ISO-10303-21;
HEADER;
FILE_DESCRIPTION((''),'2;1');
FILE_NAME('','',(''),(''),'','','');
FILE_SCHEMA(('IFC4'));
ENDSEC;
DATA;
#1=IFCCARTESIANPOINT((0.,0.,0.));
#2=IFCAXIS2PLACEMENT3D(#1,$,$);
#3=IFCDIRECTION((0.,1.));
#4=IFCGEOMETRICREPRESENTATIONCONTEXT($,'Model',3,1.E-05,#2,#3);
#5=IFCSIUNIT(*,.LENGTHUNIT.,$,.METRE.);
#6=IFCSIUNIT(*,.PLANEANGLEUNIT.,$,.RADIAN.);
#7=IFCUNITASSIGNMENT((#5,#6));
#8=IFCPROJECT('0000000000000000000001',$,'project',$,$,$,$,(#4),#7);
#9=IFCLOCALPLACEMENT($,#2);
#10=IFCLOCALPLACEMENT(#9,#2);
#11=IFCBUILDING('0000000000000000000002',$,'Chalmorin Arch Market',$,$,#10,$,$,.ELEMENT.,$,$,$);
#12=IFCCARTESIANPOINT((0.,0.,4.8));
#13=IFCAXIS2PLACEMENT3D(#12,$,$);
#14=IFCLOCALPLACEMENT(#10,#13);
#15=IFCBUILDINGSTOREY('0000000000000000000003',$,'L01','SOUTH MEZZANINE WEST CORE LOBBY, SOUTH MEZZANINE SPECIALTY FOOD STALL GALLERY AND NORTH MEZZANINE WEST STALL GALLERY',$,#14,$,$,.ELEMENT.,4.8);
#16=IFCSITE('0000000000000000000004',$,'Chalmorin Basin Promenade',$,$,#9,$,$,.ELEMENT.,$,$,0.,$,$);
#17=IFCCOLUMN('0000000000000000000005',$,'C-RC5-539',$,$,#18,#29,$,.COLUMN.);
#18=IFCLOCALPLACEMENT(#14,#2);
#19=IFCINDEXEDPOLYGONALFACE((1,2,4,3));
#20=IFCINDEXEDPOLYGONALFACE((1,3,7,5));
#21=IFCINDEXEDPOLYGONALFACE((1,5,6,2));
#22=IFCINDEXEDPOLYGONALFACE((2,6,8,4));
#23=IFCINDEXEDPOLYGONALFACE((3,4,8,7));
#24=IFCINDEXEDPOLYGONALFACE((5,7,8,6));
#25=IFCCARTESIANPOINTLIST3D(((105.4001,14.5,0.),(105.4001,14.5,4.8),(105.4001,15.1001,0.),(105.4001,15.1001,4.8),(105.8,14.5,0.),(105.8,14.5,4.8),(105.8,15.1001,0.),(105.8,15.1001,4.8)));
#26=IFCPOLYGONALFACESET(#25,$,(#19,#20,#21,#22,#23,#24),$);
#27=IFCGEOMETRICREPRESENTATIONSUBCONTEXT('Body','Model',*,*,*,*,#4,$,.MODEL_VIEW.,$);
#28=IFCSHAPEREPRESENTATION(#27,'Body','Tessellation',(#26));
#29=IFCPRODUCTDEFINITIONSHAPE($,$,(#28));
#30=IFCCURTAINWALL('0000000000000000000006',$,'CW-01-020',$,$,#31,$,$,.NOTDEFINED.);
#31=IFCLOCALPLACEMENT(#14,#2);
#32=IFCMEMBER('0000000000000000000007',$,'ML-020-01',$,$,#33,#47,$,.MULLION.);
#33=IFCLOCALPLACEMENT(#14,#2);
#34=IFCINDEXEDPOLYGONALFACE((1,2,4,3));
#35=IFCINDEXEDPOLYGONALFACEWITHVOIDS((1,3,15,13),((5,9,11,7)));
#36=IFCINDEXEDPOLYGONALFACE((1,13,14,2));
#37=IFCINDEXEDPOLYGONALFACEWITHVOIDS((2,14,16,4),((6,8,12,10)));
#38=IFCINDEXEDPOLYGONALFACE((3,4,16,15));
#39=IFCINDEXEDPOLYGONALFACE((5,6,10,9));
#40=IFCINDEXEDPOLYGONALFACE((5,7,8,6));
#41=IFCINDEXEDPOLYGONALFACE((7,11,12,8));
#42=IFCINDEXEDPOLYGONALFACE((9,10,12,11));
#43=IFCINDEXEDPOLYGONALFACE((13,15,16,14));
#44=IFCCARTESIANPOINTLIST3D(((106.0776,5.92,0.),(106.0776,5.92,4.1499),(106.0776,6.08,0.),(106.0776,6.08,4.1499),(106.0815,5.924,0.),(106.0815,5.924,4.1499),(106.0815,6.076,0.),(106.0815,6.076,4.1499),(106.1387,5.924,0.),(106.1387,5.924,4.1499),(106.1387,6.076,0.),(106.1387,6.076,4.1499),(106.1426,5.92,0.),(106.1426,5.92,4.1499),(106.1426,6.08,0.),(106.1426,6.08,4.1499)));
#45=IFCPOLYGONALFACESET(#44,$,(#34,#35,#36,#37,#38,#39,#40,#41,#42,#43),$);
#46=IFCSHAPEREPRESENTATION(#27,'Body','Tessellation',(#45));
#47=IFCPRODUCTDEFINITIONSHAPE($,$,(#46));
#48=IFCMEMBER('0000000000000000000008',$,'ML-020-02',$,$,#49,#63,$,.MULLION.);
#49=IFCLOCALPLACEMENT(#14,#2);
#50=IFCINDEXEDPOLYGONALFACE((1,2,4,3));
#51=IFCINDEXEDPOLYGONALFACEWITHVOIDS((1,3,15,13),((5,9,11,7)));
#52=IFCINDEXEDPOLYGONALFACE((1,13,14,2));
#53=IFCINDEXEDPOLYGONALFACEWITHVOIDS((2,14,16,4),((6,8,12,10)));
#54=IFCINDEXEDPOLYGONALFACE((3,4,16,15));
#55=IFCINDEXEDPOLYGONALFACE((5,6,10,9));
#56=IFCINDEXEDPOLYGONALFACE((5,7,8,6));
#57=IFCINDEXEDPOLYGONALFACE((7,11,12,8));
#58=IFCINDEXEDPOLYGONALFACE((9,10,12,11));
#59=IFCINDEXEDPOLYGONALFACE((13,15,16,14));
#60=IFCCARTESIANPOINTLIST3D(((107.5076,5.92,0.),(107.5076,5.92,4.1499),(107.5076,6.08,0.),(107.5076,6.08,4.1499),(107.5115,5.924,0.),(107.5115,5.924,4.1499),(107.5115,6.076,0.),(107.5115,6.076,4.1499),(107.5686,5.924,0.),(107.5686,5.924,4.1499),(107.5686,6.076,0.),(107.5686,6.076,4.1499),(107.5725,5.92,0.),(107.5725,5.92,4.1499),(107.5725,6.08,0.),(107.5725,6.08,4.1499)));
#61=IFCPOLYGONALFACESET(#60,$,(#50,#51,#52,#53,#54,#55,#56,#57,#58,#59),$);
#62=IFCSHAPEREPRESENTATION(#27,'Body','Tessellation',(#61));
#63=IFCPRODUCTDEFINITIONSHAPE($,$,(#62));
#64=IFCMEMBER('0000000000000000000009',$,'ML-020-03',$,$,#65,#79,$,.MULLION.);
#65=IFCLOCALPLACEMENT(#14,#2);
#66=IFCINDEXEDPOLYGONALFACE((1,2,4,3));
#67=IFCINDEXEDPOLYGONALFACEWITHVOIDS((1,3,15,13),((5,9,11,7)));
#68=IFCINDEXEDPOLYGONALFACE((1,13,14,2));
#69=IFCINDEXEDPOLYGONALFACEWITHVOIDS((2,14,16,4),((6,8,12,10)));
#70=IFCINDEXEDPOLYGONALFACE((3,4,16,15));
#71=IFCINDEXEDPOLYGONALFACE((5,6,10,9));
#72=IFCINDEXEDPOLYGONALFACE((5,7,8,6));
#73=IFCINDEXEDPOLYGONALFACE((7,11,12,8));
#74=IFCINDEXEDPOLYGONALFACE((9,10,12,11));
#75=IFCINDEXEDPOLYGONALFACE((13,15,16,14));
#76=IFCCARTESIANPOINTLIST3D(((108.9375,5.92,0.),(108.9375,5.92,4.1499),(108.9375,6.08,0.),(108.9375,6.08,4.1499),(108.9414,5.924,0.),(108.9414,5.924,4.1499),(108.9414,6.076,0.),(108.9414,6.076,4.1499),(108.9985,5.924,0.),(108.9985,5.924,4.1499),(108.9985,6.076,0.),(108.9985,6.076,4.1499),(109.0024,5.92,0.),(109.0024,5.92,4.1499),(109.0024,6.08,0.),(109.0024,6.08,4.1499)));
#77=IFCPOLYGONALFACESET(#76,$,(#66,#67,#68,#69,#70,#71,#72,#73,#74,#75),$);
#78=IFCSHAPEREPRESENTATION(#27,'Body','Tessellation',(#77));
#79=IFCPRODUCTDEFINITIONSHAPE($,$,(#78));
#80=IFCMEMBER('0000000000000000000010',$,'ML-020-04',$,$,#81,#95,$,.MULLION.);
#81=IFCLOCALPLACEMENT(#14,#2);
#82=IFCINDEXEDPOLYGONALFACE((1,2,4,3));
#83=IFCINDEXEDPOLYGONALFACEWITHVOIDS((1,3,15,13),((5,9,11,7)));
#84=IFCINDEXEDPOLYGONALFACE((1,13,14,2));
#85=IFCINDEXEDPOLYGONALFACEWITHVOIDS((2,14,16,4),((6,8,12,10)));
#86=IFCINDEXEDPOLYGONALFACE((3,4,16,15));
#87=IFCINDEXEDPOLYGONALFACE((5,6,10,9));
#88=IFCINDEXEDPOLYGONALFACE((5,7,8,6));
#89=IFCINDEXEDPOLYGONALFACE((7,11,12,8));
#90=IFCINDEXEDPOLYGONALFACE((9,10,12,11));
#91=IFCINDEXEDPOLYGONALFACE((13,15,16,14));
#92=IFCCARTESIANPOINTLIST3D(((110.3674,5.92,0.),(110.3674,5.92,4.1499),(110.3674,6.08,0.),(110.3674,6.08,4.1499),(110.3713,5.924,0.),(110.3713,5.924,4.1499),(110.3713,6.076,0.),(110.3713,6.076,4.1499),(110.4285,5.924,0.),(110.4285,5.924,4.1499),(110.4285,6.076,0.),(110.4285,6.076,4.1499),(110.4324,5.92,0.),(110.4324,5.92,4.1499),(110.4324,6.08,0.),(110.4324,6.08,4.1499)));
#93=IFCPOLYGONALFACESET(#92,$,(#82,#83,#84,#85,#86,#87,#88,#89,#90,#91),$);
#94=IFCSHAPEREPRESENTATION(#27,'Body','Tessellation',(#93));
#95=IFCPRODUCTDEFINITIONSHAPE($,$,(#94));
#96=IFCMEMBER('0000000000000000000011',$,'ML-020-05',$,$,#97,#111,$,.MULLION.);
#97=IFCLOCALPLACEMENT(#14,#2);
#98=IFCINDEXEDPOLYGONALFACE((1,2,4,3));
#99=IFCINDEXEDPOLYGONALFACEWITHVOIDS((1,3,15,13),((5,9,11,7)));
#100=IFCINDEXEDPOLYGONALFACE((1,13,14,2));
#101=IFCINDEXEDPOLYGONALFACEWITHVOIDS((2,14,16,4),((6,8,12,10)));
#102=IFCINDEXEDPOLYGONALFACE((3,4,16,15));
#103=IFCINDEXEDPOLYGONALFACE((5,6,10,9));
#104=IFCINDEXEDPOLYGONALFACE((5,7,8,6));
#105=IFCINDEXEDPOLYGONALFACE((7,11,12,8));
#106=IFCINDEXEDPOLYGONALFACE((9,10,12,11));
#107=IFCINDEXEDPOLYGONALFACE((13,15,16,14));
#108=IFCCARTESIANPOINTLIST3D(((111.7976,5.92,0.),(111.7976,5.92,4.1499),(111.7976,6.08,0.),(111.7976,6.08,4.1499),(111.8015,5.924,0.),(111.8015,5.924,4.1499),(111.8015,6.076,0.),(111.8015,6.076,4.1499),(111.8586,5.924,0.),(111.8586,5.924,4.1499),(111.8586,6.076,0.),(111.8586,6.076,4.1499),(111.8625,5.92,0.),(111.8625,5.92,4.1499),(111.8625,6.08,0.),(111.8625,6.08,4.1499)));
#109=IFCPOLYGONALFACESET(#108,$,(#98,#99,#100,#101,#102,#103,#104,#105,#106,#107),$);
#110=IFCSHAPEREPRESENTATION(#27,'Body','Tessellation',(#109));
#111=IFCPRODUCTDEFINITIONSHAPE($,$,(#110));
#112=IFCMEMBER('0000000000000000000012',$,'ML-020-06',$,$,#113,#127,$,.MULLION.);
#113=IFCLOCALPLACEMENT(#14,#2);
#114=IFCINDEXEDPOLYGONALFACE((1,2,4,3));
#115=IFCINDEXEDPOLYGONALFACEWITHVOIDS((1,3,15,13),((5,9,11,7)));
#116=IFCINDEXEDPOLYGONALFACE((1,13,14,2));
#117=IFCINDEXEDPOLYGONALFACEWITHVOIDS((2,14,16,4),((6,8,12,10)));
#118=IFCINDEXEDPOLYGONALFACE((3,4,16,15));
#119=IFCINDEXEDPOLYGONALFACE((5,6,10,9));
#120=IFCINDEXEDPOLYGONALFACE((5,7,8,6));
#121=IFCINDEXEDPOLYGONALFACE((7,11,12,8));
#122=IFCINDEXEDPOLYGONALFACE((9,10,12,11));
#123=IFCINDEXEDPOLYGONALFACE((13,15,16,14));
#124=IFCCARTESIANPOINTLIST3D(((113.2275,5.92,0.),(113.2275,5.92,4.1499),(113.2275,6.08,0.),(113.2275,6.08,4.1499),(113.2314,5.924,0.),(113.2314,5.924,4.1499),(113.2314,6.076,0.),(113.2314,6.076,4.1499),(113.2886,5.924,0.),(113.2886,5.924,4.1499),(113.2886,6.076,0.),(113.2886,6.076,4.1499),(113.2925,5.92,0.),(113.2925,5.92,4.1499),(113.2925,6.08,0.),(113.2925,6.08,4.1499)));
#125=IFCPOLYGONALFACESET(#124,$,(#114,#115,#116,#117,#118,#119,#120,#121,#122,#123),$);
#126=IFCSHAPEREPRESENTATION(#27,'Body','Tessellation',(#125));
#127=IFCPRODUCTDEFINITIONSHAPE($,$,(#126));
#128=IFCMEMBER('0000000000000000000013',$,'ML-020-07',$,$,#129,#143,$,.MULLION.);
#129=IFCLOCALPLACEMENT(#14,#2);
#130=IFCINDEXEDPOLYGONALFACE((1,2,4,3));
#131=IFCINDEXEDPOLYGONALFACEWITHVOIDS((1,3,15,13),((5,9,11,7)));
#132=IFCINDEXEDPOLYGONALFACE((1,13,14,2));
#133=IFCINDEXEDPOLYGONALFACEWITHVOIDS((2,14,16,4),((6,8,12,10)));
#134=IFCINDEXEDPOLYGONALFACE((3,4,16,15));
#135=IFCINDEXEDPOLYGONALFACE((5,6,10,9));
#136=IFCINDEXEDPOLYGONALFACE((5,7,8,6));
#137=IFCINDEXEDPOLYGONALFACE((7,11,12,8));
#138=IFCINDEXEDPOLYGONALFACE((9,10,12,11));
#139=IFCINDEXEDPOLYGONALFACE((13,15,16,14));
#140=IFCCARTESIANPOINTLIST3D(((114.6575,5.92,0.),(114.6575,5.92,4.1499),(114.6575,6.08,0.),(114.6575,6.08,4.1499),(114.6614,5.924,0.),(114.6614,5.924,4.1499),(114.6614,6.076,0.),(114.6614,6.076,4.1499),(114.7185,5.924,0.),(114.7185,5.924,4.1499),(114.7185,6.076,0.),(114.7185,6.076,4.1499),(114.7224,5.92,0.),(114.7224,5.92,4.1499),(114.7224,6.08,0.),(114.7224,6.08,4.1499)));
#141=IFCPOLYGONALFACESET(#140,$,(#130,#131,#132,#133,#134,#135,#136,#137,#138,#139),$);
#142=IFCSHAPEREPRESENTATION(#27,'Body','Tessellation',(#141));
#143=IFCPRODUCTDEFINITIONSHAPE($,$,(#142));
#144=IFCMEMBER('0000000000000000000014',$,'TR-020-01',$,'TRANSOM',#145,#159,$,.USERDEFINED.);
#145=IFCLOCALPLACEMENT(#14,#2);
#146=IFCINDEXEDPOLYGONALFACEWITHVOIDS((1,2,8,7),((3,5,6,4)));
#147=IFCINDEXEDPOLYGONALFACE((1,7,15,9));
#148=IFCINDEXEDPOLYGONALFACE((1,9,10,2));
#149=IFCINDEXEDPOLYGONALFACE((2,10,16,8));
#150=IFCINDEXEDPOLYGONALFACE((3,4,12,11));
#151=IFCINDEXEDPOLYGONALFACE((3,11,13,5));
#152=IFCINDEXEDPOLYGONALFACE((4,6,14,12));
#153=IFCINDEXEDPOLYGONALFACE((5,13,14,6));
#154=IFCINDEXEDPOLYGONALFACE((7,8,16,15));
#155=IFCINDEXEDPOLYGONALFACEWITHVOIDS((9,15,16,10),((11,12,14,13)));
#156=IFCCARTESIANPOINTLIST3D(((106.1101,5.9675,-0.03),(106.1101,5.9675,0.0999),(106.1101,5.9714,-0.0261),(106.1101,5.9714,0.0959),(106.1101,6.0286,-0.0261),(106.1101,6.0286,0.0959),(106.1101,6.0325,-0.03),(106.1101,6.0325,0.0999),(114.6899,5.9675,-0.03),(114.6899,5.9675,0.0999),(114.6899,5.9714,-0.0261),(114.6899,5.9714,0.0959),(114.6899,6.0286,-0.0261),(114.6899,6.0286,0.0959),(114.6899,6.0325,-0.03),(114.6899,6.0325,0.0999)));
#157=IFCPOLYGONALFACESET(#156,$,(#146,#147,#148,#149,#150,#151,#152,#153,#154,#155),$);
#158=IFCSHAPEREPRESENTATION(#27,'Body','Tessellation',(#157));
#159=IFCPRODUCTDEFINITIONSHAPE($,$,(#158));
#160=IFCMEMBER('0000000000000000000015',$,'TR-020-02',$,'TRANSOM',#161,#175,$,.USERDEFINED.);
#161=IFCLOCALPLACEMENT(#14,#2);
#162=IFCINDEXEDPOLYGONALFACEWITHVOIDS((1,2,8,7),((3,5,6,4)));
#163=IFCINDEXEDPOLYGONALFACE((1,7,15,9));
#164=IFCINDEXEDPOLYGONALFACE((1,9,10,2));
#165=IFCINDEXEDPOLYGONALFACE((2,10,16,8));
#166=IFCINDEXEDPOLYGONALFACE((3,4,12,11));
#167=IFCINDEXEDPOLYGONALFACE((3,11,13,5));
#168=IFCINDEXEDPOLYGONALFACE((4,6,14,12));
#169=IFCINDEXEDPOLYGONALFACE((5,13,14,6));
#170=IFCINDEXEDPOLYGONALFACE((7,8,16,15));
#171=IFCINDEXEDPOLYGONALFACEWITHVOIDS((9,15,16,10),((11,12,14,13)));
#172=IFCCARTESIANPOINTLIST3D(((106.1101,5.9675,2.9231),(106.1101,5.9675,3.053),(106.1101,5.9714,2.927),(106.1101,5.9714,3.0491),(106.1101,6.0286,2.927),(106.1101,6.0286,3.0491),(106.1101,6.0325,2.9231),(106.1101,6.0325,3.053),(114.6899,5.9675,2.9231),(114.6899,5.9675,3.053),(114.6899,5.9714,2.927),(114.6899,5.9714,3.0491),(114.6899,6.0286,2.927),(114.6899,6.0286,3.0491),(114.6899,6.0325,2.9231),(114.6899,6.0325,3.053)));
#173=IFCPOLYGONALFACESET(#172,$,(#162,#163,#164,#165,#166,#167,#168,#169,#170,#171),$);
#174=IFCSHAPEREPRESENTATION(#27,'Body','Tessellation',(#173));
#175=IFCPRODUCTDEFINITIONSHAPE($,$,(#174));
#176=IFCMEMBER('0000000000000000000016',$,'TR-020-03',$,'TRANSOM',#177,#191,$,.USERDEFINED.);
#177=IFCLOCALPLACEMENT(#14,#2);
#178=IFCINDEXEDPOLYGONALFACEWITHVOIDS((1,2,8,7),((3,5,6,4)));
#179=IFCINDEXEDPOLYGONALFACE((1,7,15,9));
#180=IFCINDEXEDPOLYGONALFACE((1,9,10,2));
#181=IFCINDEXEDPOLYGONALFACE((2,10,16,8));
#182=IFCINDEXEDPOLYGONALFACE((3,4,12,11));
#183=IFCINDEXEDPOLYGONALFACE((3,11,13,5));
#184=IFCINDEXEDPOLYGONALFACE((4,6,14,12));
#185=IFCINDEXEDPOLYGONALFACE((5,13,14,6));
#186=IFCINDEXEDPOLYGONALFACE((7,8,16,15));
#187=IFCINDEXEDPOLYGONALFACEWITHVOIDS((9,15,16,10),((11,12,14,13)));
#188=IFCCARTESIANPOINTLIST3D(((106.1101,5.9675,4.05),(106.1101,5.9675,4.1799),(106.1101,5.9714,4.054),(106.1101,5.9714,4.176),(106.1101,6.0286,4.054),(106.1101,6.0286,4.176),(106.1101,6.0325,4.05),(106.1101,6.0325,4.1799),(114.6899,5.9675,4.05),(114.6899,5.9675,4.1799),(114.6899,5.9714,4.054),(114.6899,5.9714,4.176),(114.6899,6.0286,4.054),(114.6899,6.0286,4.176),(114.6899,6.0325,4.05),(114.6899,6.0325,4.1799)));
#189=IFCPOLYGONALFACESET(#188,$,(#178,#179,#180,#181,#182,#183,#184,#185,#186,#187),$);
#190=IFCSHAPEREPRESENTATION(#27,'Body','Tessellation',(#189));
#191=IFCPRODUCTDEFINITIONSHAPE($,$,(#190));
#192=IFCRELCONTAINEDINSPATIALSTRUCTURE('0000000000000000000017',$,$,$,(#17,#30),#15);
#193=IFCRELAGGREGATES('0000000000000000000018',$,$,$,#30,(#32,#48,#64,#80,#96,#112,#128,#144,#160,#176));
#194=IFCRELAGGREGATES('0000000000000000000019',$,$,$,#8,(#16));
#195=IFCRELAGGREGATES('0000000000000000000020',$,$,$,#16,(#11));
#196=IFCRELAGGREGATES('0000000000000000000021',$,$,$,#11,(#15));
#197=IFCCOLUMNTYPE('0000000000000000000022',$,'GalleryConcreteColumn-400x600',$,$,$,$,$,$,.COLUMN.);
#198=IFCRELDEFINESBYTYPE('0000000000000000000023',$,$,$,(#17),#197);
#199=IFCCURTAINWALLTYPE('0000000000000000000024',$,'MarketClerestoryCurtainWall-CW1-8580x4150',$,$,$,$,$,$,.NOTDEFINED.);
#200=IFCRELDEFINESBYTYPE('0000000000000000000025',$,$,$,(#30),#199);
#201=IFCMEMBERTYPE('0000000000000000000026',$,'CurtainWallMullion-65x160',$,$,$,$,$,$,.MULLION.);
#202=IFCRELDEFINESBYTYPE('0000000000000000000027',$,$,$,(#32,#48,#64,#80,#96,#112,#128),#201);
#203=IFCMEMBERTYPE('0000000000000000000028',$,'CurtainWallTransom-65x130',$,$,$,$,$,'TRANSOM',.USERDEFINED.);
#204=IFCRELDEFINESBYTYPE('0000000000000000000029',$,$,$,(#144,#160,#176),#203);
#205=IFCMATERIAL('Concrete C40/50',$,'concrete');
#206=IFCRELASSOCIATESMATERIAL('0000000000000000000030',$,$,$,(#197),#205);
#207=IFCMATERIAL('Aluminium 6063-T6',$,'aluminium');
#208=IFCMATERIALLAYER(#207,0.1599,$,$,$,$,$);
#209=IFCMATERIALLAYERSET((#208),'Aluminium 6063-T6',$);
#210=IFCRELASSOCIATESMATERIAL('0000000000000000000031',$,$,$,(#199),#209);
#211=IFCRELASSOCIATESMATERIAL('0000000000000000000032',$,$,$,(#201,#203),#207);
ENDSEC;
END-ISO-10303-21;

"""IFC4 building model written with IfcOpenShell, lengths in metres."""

from ifc_helpers import new_model, si_unit, direction, frame, origin, origin_2d, place, context, subcontext, project, spatial, rectangle, hollow_rectangle, extrude, material, layer, layer_set, material_profile, profile_set, type_object, element, aggregate, save


model = new_model("IFC4")

# Units and contexts
model_context = context("Model", 3, precision=1e-05, world=origin(), true_north=direction((0.0, 1.0)))
body_context = subcontext(model_context, "Body", "Model", "MODEL_VIEW")
ifc_project = project(units=[si_unit("LENGTHUNIT", "METRE"), si_unit("PLANEANGLEUNIT", "RADIAN")], contexts=[model_context])

# Site, building, storey
site_placement = place(None, origin())
site = spatial("IfcSite", under=ifc_project, at=site_placement, Name="Chalmorin Basin Promenade", CompositionType="ELEMENT", RefElevation=0.0)
building_placement = place(site_placement, origin())
building = spatial("IfcBuilding", under=site, at=building_placement, Name="Chalmorin Arch Market", CompositionType="ELEMENT")
storey_placement = place(building_placement, frame((0.0, 0.0, 4.8)))
storey = spatial("IfcBuildingStorey", under=building, at=storey_placement, Name="L01", Description="SOUTH MEZZANINE WEST CORE LOBBY, SOUTH MEZZANINE SPECIALTY FOOD STALL GALLERY AND NORTH MEZZANINE WEST STALL GALLERY", CompositionType="ELEMENT", Elevation=4.8)

# Column
ifc_material_1 = material(Name="Concrete C40/50", Category="concrete")
ifc_material_profile_1 = material_profile(ifc_material_1, rectangle(XDim=0.3999, YDim=0.6001, at=origin_2d()), Name="RC400X600")
ifc_profile_set_1 = profile_set([ifc_material_profile_1], Name="Concrete C40/50")
column_type = type_object("IfcColumnType", Name="GalleryConcreteColumn-400x600", PredefinedType="COLUMN", material=ifc_profile_set_1)
column_placement = place(storey_placement, frame((105.6001, 14.8, 0.0), z_axis=(0.0, 0.0, 1.0), x_axis=(1.0, 0.0, 0.0)))
element("IfcColumn", 1, at=column_placement, inside=storey, type_object=column_type, Name="C-RC5-539", PredefinedType="COLUMN", context=body_context, shape_type="SweptSolid", body=[
    extrude(rectangle(XDim=0.3999, YDim=0.6001, at=origin_2d()), origin(), (0.0, 0.0, 1.0), 4.8),
])

# Curtain wall, members
ifc_material_2 = material(Name="Aluminium 6063-T6", Category="aluminium")
ifc_layer_1 = layer(ifc_material_2, 0.1599)
ifc_layer_set_1 = layer_set([ifc_layer_1], Name="Aluminium 6063-T6")
curtain_wall_type = type_object("IfcCurtainWallType", Name="MarketClerestoryCurtainWall-CW1-8580x4150", PredefinedType="NOTDEFINED", material=ifc_layer_set_1)
curtain_wall_placement = place(storey_placement, origin())
curtain_wall = element("IfcCurtainWall", 2, at=curtain_wall_placement, inside=storey, type_object=curtain_wall_type, Name="CW-01-020", PredefinedType="NOTDEFINED")
ifc_material_profile_2 = material_profile(ifc_material_2, hollow_rectangle(XDim=0.0649, YDim=0.1599, WallThickness=0.0039, at=origin_2d()), Name="ALU65X160X4")
ifc_profile_set_2 = profile_set([ifc_material_profile_2], Name="Aluminium 6063-T6")
member_type_1 = type_object("IfcMemberType", Name="CurtainWallMullion-65x160", PredefinedType="MULLION", material=ifc_profile_set_2)
member_1_placement = place(storey_placement, frame((106.1101, 6.0, 0.0), z_axis=(0.0, 0.0, 1.0), x_axis=(1.0, 0.0, 0.0)))
member_1 = element("IfcMember", 3, at=member_1_placement, type_object=member_type_1, Name="ML-020-01", PredefinedType="MULLION", context=body_context, shape_type="SweptSolid", body=[
    extrude(hollow_rectangle(XDim=0.0649, YDim=0.1599, WallThickness=0.0039, at=origin_2d()), origin(), (0.0, 0.0, 1.0), 4.1499),
])
member_2_placement = place(storey_placement, frame((107.54, 6.0, 0.0), z_axis=(0.0, 0.0, 1.0), x_axis=(1.0, 0.0, 0.0)))
member_2 = element("IfcMember", 4, at=member_2_placement, type_object=member_type_1, Name="ML-020-02", PredefinedType="MULLION", context=body_context, shape_type="SweptSolid", body=[
    extrude(hollow_rectangle(XDim=0.0649, YDim=0.1599, WallThickness=0.0039, at=origin_2d()), origin(), (0.0, 0.0, 1.0), 4.1499),
])
member_3_placement = place(storey_placement, frame((108.97, 6.0, 0.0), z_axis=(0.0, 0.0, 1.0), x_axis=(1.0, 0.0, 0.0)))
member_3 = element("IfcMember", 5, at=member_3_placement, type_object=member_type_1, Name="ML-020-03", PredefinedType="MULLION", context=body_context, shape_type="SweptSolid", body=[
    extrude(hollow_rectangle(XDim=0.0649, YDim=0.1599, WallThickness=0.0039, at=origin_2d()), origin(), (0.0, 0.0, 1.0), 4.1499),
])
member_4_placement = place(storey_placement, frame((110.3999, 6.0, 0.0), z_axis=(0.0, 0.0, 1.0), x_axis=(1.0, 0.0, 0.0)))
member_4 = element("IfcMember", 6, at=member_4_placement, type_object=member_type_1, Name="ML-020-04", PredefinedType="MULLION", context=body_context, shape_type="SweptSolid", body=[
    extrude(hollow_rectangle(XDim=0.0649, YDim=0.1599, WallThickness=0.0039, at=origin_2d()), origin(), (0.0, 0.0, 1.0), 4.1499),
])
member_5_placement = place(storey_placement, frame((111.8301, 6.0, 0.0), z_axis=(0.0, 0.0, 1.0), x_axis=(1.0, 0.0, 0.0)))
member_5 = element("IfcMember", 7, at=member_5_placement, type_object=member_type_1, Name="ML-020-05", PredefinedType="MULLION", context=body_context, shape_type="SweptSolid", body=[
    extrude(hollow_rectangle(XDim=0.0649, YDim=0.1599, WallThickness=0.0039, at=origin_2d()), origin(), (0.0, 0.0, 1.0), 4.1499),
])
member_6_placement = place(storey_placement, frame((113.26, 6.0, 0.0), z_axis=(0.0, 0.0, 1.0), x_axis=(1.0, 0.0, 0.0)))
member_6 = element("IfcMember", 8, at=member_6_placement, type_object=member_type_1, Name="ML-020-06", PredefinedType="MULLION", context=body_context, shape_type="SweptSolid", body=[
    extrude(hollow_rectangle(XDim=0.0649, YDim=0.1599, WallThickness=0.0039, at=origin_2d()), origin(), (0.0, 0.0, 1.0), 4.1499),
])
member_7_placement = place(storey_placement, frame((114.6899, 6.0, 0.0), z_axis=(0.0, 0.0, 1.0), x_axis=(1.0, 0.0, 0.0)))
member_7 = element("IfcMember", 9, at=member_7_placement, type_object=member_type_1, Name="ML-020-07", PredefinedType="MULLION", context=body_context, shape_type="SweptSolid", body=[
    extrude(hollow_rectangle(XDim=0.0649, YDim=0.1599, WallThickness=0.0039, at=origin_2d()), origin(), (0.0, 0.0, 1.0), 4.1499),
])
ifc_material_profile_3 = material_profile(ifc_material_2, hollow_rectangle(XDim=0.0649, YDim=0.1299, WallThickness=0.0039, at=origin_2d()), Name="ALU65X130X4")
ifc_profile_set_3 = profile_set([ifc_material_profile_3], Name="Aluminium 6063-T6")
member_type_2 = type_object("IfcMemberType", Name="CurtainWallTransom-65x130", ElementType="TRANSOM", PredefinedType="USERDEFINED", material=ifc_profile_set_3)
member_8_placement = place(storey_placement, frame((106.1101, 6.0, 0.0349), z_axis=(1.0, 0.0, 0.0), x_axis=(0.0, 1.0, 0.0)))
member_8 = element("IfcMember", 10, at=member_8_placement, type_object=member_type_2, Name="TR-020-01", ObjectType="TRANSOM", PredefinedType="USERDEFINED", context=body_context, shape_type="SweptSolid", body=[
    extrude(hollow_rectangle(XDim=0.0649, YDim=0.1299, WallThickness=0.0039, at=origin_2d()), origin(), (0.0, 0.0, 1.0), 8.5798),
])
member_9_placement = place(storey_placement, frame((106.1101, 6.0, 2.988), z_axis=(1.0, 0.0, 0.0), x_axis=(0.0, 1.0, 0.0)))
member_9 = element("IfcMember", 11, at=member_9_placement, type_object=member_type_2, Name="TR-020-02", ObjectType="TRANSOM", PredefinedType="USERDEFINED", context=body_context, shape_type="SweptSolid", body=[
    extrude(hollow_rectangle(XDim=0.0649, YDim=0.1299, WallThickness=0.0039, at=origin_2d()), origin(), (0.0, 0.0, 1.0), 8.5798),
])
member_10_placement = place(storey_placement, frame((106.1101, 6.0, 4.115), z_axis=(1.0, 0.0, 0.0), x_axis=(0.0, 1.0, 0.0)))
member_10 = element("IfcMember", 12, at=member_10_placement, type_object=member_type_2, Name="TR-020-03", ObjectType="TRANSOM", PredefinedType="USERDEFINED", context=body_context, shape_type="SweptSolid", body=[
    extrude(hollow_rectangle(XDim=0.0649, YDim=0.1299, WallThickness=0.0039, at=origin_2d()), origin(), (0.0, 0.0, 1.0), 8.5798),
])

aggregate(curtain_wall, [member_1, member_2, member_3, member_4, member_5, member_6, member_7, member_8, member_9, member_10])

save(model, "model.ifc")
